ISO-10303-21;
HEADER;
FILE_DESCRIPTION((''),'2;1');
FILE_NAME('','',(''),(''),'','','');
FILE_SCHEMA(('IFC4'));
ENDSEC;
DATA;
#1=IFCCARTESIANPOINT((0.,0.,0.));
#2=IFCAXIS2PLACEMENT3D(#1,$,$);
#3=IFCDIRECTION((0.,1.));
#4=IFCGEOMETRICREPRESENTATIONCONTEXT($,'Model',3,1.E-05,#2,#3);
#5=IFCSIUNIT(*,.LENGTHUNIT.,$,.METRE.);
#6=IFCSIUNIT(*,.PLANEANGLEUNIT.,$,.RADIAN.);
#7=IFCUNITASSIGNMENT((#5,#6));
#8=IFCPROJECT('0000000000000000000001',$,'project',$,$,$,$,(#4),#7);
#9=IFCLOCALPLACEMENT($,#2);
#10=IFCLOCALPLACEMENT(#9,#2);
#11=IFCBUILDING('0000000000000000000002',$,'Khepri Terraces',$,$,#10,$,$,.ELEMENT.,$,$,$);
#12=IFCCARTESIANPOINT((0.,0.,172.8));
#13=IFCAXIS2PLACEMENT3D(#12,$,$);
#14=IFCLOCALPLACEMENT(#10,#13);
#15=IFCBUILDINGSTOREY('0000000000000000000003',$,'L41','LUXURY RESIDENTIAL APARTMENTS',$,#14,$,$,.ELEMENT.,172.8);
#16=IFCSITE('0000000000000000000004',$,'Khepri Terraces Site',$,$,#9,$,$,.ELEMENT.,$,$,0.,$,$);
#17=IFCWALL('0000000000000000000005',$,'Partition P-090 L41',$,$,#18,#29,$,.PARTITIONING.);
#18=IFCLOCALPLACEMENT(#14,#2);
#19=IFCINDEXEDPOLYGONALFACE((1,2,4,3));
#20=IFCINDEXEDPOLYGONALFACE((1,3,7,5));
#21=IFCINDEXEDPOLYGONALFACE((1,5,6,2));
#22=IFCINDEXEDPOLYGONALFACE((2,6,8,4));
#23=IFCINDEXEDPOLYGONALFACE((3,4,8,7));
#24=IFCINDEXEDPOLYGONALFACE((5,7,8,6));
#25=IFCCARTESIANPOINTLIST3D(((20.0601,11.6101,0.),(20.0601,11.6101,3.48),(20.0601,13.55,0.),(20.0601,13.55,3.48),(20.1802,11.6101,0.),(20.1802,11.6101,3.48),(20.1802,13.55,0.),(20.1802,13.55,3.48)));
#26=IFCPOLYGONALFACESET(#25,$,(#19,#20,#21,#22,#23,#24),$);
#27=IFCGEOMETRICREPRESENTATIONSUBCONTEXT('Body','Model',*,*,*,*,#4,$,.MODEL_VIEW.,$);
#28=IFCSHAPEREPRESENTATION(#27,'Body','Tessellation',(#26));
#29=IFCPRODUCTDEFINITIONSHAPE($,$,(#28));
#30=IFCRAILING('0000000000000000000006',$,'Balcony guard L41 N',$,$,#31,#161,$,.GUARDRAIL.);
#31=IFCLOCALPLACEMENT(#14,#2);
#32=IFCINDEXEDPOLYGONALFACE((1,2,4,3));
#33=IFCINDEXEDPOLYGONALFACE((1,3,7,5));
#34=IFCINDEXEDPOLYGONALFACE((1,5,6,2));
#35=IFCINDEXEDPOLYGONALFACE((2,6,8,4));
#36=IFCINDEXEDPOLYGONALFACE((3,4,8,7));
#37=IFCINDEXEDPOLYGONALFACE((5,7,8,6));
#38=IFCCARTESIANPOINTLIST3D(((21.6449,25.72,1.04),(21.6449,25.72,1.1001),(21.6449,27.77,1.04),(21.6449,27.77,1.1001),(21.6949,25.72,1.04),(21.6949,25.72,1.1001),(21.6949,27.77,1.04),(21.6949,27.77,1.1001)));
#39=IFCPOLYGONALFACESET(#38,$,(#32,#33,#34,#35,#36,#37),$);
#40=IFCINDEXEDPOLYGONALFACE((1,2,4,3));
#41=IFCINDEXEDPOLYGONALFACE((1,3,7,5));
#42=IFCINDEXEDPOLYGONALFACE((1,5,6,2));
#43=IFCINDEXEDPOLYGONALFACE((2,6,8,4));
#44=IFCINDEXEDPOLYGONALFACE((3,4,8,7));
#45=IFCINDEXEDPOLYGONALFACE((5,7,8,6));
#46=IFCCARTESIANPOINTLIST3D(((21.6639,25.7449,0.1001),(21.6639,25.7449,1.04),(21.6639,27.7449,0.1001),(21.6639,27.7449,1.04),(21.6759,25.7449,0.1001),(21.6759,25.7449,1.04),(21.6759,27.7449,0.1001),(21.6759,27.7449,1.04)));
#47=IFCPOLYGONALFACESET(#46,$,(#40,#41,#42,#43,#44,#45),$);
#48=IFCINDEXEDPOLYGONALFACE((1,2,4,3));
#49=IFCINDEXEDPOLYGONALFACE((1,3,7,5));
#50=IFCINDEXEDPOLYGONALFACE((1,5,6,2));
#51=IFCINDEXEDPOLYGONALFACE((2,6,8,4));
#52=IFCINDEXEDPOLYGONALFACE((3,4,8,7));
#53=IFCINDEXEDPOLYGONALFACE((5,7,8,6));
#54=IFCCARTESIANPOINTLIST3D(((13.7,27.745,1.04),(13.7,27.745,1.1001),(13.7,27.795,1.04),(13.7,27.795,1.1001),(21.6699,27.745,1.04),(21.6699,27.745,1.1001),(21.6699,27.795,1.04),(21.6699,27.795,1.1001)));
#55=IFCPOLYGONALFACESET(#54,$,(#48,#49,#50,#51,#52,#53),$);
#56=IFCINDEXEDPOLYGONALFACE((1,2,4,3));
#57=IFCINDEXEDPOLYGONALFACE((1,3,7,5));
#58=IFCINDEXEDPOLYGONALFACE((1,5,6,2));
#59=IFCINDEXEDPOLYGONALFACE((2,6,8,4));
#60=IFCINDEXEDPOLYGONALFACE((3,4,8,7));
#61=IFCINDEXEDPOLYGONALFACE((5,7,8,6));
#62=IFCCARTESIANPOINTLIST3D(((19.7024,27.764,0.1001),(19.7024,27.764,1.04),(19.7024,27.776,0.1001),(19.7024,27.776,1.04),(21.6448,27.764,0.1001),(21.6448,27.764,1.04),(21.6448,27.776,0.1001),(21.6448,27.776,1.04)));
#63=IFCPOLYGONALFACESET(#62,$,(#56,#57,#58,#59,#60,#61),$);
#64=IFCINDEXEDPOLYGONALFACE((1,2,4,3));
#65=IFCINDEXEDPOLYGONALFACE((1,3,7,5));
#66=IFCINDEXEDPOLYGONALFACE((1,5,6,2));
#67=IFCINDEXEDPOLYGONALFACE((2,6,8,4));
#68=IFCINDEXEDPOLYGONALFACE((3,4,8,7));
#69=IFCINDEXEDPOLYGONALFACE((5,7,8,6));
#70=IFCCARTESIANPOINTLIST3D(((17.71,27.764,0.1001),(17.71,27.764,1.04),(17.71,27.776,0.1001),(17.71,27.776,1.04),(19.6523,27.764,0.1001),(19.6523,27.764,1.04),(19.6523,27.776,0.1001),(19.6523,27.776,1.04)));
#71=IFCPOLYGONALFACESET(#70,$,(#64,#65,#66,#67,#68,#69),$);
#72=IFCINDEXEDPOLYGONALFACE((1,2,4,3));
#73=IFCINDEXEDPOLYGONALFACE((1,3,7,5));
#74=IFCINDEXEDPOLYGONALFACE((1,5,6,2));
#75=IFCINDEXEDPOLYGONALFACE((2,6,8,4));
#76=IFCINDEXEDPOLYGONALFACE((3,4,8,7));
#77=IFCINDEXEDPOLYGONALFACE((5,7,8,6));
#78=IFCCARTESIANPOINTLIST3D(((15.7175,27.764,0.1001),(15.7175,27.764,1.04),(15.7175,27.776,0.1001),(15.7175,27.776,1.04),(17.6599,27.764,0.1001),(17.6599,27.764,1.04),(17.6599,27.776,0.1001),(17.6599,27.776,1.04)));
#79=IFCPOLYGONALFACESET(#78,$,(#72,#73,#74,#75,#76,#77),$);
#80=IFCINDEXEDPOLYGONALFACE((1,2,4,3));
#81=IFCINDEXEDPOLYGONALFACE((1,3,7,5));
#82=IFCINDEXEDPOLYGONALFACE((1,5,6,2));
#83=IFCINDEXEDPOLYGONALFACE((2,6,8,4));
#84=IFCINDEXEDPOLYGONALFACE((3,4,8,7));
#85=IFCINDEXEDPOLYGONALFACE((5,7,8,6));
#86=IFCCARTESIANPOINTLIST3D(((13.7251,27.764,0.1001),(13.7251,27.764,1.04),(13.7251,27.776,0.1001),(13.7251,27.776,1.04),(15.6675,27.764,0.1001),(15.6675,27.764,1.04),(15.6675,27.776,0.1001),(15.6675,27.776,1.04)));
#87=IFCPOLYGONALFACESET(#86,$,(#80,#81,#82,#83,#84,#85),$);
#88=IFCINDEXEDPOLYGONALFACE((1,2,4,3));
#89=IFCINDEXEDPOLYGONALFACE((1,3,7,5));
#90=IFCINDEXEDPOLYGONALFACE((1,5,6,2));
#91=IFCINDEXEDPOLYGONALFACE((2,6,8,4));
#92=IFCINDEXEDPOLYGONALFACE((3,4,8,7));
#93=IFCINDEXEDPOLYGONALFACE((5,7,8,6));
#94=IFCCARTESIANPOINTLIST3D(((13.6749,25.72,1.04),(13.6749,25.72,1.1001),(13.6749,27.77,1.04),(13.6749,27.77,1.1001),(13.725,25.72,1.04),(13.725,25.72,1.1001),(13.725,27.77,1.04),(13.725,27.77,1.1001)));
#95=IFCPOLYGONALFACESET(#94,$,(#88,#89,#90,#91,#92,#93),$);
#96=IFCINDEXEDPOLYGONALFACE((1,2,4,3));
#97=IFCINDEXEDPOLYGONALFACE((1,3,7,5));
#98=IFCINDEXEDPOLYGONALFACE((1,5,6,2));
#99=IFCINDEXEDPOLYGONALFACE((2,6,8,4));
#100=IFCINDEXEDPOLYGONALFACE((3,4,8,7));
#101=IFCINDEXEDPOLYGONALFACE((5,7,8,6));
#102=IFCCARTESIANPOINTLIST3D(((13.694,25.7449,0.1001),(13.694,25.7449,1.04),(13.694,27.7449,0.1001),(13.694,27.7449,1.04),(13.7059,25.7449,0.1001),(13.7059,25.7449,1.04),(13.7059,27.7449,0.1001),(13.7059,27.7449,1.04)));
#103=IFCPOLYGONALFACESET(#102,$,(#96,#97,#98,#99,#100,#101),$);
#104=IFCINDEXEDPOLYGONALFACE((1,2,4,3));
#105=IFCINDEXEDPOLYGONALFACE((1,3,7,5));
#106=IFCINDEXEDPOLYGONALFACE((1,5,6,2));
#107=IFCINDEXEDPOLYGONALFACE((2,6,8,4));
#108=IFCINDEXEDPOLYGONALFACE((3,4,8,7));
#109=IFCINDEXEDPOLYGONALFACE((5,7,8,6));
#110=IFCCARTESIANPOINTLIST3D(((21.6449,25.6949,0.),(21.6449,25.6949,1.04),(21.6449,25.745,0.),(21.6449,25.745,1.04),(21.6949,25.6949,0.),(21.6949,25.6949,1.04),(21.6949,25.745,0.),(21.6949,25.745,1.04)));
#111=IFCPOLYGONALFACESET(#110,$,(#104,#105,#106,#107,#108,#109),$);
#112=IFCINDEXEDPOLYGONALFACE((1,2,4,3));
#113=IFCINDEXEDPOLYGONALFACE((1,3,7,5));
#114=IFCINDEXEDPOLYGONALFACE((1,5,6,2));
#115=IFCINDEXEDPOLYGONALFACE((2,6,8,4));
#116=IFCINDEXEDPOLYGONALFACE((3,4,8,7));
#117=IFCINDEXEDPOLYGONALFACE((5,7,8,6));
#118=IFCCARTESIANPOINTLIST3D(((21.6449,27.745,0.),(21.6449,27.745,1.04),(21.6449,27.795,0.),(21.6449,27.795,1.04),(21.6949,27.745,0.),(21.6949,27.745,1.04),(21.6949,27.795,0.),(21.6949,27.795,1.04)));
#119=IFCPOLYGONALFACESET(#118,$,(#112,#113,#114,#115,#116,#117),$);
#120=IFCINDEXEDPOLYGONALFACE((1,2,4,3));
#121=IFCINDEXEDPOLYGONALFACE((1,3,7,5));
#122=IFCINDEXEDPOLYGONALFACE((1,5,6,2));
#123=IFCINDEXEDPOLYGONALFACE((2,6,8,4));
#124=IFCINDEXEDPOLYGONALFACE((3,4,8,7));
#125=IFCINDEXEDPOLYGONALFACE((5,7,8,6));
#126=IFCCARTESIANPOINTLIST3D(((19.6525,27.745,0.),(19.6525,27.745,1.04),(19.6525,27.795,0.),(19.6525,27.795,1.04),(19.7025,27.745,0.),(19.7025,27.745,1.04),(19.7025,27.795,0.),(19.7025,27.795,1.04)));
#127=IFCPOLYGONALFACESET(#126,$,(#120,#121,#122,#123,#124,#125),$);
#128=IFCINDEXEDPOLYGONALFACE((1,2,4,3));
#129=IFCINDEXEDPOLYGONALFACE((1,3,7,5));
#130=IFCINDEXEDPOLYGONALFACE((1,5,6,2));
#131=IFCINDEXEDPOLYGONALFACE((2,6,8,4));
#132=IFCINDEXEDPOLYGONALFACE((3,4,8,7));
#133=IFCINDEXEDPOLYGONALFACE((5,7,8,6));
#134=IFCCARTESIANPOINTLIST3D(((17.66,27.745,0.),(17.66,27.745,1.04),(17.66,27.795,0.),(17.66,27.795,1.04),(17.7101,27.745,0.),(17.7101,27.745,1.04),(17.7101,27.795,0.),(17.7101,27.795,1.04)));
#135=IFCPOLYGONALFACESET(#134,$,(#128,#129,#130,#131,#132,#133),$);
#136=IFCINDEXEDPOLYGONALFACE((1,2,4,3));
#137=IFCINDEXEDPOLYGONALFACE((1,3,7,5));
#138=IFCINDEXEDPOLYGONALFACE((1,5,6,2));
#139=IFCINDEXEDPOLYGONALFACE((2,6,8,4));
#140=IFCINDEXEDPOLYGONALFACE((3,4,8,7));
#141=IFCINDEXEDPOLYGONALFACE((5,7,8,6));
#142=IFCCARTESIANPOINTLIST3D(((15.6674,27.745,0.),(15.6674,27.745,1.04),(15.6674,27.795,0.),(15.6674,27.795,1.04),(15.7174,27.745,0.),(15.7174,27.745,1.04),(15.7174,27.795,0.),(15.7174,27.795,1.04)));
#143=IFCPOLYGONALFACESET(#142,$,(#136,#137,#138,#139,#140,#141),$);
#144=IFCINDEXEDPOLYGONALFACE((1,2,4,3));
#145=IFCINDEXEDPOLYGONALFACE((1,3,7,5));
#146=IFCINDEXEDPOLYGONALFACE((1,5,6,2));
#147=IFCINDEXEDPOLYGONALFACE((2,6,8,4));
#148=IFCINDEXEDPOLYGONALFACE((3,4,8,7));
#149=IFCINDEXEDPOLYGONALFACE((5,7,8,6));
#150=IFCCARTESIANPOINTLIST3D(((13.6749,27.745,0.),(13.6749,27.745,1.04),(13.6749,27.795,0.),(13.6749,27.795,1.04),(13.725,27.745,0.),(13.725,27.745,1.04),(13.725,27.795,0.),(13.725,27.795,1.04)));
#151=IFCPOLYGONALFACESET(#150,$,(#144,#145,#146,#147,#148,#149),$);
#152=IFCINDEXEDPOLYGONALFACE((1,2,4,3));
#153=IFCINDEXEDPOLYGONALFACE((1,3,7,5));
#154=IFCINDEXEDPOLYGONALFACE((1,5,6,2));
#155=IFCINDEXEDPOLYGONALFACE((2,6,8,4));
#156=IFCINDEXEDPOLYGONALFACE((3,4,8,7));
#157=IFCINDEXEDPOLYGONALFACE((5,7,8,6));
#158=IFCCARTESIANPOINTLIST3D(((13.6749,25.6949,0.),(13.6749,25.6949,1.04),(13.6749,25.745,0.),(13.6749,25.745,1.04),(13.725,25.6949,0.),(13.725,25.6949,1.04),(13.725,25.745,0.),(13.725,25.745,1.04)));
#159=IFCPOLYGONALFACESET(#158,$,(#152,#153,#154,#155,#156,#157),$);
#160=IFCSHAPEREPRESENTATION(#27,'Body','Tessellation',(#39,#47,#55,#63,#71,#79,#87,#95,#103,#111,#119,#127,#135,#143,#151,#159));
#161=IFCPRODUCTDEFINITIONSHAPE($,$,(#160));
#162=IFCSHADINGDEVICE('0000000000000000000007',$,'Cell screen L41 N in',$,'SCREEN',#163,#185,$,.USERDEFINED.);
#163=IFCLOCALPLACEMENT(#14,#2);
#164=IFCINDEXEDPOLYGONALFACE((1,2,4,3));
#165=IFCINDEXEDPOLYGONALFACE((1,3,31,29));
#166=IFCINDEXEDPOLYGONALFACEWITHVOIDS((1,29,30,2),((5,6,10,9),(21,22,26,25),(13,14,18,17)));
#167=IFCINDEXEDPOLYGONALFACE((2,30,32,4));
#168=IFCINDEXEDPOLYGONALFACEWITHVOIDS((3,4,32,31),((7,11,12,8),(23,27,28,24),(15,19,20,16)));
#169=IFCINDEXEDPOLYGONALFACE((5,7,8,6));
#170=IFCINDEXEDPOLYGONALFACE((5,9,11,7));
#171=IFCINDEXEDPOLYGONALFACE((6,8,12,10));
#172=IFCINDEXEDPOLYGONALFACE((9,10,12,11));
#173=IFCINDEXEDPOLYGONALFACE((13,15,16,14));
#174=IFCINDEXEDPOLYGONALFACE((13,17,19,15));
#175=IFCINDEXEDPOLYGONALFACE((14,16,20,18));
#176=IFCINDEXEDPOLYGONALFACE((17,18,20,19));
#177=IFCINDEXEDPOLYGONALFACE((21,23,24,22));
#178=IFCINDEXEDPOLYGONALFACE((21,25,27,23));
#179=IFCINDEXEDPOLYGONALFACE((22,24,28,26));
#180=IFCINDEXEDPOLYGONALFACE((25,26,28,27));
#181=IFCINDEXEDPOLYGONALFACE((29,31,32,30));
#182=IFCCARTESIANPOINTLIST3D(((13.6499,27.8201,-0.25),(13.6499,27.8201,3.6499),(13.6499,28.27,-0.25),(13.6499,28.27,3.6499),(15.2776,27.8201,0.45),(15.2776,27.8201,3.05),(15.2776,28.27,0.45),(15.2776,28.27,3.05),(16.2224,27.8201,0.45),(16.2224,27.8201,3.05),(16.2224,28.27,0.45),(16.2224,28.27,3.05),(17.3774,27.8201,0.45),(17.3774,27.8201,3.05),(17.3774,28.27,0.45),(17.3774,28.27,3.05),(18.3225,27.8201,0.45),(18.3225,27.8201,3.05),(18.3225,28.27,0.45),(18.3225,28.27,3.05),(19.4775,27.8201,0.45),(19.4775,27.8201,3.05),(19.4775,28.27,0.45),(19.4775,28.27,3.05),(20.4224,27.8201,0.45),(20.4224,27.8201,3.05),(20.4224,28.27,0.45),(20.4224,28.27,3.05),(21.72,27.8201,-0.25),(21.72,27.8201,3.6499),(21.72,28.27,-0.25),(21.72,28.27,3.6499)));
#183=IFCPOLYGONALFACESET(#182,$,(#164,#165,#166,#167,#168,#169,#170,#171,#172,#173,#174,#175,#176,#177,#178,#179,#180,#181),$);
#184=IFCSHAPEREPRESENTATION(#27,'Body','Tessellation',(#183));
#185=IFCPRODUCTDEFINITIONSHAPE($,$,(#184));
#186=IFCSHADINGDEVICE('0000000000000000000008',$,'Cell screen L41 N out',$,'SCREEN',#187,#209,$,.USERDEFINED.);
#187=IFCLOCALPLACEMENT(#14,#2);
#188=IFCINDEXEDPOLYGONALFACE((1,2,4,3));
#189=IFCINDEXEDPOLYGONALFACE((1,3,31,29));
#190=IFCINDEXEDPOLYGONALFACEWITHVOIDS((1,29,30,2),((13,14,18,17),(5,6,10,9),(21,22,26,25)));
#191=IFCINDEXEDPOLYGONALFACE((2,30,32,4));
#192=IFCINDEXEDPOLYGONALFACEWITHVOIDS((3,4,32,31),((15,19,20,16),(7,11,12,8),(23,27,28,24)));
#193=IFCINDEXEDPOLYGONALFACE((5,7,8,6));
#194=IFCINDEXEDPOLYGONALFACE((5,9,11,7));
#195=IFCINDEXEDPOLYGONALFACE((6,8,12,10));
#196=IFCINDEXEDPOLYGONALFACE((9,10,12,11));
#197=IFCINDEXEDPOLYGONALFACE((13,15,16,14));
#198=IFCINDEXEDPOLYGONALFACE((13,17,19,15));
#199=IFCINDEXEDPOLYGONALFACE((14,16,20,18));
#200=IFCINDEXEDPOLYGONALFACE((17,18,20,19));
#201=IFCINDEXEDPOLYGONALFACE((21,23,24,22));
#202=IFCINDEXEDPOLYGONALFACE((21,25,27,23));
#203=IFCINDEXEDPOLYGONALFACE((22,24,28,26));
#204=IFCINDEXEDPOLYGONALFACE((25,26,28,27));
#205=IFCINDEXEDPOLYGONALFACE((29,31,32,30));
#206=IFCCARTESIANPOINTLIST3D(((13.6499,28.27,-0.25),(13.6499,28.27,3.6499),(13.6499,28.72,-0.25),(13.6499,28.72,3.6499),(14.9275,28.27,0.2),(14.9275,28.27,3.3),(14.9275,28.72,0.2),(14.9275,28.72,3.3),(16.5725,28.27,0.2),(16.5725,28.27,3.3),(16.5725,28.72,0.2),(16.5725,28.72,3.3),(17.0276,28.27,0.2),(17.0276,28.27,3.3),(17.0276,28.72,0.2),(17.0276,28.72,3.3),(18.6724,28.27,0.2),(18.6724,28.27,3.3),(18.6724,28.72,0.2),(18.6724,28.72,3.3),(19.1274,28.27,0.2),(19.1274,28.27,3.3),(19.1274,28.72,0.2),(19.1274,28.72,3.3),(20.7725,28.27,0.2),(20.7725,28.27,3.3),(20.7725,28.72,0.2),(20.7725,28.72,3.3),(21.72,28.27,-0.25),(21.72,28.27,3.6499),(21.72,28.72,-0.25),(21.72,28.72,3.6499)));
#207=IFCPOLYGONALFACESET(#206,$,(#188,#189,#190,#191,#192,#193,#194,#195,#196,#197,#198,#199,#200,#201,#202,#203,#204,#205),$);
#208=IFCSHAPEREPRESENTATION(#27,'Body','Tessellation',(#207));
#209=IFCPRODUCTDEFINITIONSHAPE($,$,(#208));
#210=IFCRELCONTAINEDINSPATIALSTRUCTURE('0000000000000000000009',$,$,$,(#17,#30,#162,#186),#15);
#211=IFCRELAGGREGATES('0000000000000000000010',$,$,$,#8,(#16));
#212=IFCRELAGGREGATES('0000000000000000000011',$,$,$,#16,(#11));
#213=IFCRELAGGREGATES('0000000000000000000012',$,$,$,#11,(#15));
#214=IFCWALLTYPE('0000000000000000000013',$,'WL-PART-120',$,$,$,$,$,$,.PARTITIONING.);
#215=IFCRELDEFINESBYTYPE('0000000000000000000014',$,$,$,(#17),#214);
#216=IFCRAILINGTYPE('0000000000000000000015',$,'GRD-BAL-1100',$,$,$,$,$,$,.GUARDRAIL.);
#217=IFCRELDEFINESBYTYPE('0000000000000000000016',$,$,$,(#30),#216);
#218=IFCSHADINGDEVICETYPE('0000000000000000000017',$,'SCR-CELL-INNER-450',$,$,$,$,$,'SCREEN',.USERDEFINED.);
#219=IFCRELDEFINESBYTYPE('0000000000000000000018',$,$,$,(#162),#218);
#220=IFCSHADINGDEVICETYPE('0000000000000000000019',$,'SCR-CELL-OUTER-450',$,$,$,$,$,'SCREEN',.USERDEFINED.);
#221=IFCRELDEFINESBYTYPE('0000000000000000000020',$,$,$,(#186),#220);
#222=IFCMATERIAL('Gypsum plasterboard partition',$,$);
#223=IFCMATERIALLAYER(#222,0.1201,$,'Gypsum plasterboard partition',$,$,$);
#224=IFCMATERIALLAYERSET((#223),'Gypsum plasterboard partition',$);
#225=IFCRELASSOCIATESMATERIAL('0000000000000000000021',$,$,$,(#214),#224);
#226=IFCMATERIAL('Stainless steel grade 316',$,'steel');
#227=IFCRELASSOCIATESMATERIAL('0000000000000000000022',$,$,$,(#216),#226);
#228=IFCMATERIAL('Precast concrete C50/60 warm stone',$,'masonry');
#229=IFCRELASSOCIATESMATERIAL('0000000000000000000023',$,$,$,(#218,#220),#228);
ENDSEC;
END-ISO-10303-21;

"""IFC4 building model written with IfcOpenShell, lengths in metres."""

from ifc_helpers import new_model, si_unit, direction, frame, frame_2d, origin, origin_2d, place, context, subcontext, project, spatial, polyline, rectangle, outline, extrude, material, layer, layer_set, type_object, element, save


model = new_model("IFC4")

# Units and contexts
model_context = context("Model", 3, precision=1e-05, world=origin(), true_north=direction((0.0, 1.0)))
body_context = subcontext(model_context, "Body", "Model", "MODEL_VIEW")
ifc_project = project(units=[si_unit("LENGTHUNIT", "METRE"), si_unit("PLANEANGLEUNIT", "RADIAN")], contexts=[model_context])

# Site, building, storey
site_placement = place(None, origin())
site = spatial("IfcSite", under=ifc_project, at=site_placement, Name="Khepri Terraces Site", CompositionType="ELEMENT", RefElevation=0.0)
building_placement = place(site_placement, origin())
building = spatial("IfcBuilding", under=site, at=building_placement, Name="Khepri Terraces", CompositionType="ELEMENT")
storey_placement = place(building_placement, frame((0.0, 0.0, 172.8)))
storey = spatial("IfcBuildingStorey", under=building, at=storey_placement, Name="L41", Description="LUXURY RESIDENTIAL APARTMENTS", CompositionType="ELEMENT", Elevation=172.8)

# Shared definitions
ifc_material_1 = material(Name="Precast concrete C50/60 warm stone", Category="masonry")

# Shared definitions
ifc_material_2 = material(Name="Gypsum plasterboard partition")
ifc_layer_1 = layer(ifc_material_2, 0.1201, Name="Gypsum plasterboard partition")
ifc_layer_set_1 = layer_set([ifc_layer_1], Name="Gypsum plasterboard partition")
wall_type_1 = type_object("IfcWallType", Name="WL-PART-120", PredefinedType="PARTITIONING", material=ifc_layer_set_1)

# Wall
wall_1_placement = place(storey_placement, frame((20.1201, 11.6101, 0.0), z_axis=(0.0, 0.0, 1.0), x_axis=(0.0, 1.0, 0.0)))
element("IfcWall", 1, at=wall_1_placement, inside=storey, type_object=wall_type_1, Name="Partition P-090 L41", PredefinedType="PARTITIONING", context=body_context, shape_type="SweptSolid", body=[
    extrude(rectangle(XDim=1.9399, YDim=0.1201, at=frame_2d((0.97, 0.0))), origin(), (0.0, 0.0, 1.0), 3.48),
])

# Railing
ifc_material_3 = material(Name="Stainless steel grade 316", Category="steel")
railing_type = type_object("IfcRailingType", Name="GRD-BAL-1100", PredefinedType="GUARDRAIL", material=ifc_material_3)
railing_placement = place(storey_placement, frame((21.6699, 25.72, 0.0)))
element("IfcRailing", 2, at=railing_placement, inside=storey, type_object=railing_type, Name="Balcony guard L41 N", PredefinedType="GUARDRAIL", context=body_context, shape_type="SweptSolid", body=[
    extrude(rectangle(XDim=0.05, YDim=0.0601, at=origin_2d()), frame((0.0, 0.0, 1.0701), z_axis=(0.0, 1.0, 0.0), x_axis=(-1.0, 0.0, 0.0)), (0.0, 0.0, 1.0), 2.05),
    extrude(rectangle(XDim=2.0, YDim=0.012, at=origin_2d()), frame((0.0, 1.0249, 0.1001), z_axis=(0.0, 0.0, 1.0), x_axis=(0.0, 1.0, 0.0)), (0.0, 0.0, 1.0), 0.9399),
    extrude(rectangle(XDim=0.05, YDim=0.0601, at=origin_2d()), frame((0.0, 2.05, 1.0701), z_axis=(-1.0, 0.0, 0.0), x_axis=(0.0, -1.0, 0.0)), (0.0, 0.0, 1.0), 7.97),
    extrude(rectangle(XDim=1.9424, YDim=0.012, at=origin_2d()), frame((-0.9963, 2.05, 0.1001), z_axis=(0.0, 0.0, 1.0), x_axis=(-1.0, 0.0, 0.0)), (0.0, 0.0, 1.0), 0.9399),
    extrude(rectangle(XDim=1.9424, YDim=0.012, at=origin_2d()), frame((-2.9888, 2.05, 0.1001), z_axis=(0.0, 0.0, 1.0), x_axis=(-1.0, 0.0, 0.0)), (0.0, 0.0, 1.0), 0.9399),
    extrude(rectangle(XDim=1.9424, YDim=0.012, at=origin_2d()), frame((-4.9812, 2.05, 0.1001), z_axis=(0.0, 0.0, 1.0), x_axis=(-1.0, 0.0, 0.0)), (0.0, 0.0, 1.0), 0.9399),
    extrude(rectangle(XDim=1.9424, YDim=0.012, at=origin_2d()), frame((-6.9736, 2.05, 0.1001), z_axis=(0.0, 0.0, 1.0), x_axis=(-1.0, 0.0, 0.0)), (0.0, 0.0, 1.0), 0.9399),
    extrude(rectangle(XDim=0.05, YDim=0.0601, at=origin_2d()), frame((-7.97, 2.05, 1.0701), z_axis=(0.0, -1.0, 0.0), x_axis=(1.0, 0.0, 0.0)), (0.0, 0.0, 1.0), 2.05),
    extrude(rectangle(XDim=2.0, YDim=0.012, at=origin_2d()), frame((-7.97, 1.0249, 0.1001), z_axis=(0.0, 0.0, 1.0), x_axis=(0.0, -1.0, 0.0)), (0.0, 0.0, 1.0), 0.9399),
    extrude(rectangle(XDim=0.05, YDim=0.05, at=origin_2d()), origin(), (0.0, 0.0, 1.0), 1.04),
    extrude(rectangle(XDim=0.05, YDim=0.05, at=origin_2d()), frame((0.0, 2.05, 0.0)), (0.0, 0.0, 1.0), 1.04),
    extrude(rectangle(XDim=0.05, YDim=0.05, at=origin_2d()), frame((-1.9924, 2.05, 0.0)), (0.0, 0.0, 1.0), 1.04),
    extrude(rectangle(XDim=0.05, YDim=0.05, at=origin_2d()), frame((-3.9849, 2.05, 0.0)), (0.0, 0.0, 1.0), 1.04),
    extrude(rectangle(XDim=0.05, YDim=0.05, at=origin_2d()), frame((-5.9775, 2.05, 0.0)), (0.0, 0.0, 1.0), 1.04),
    extrude(rectangle(XDim=0.05, YDim=0.05, at=origin_2d()), frame((-7.97, 2.05, 0.0)), (0.0, 0.0, 1.0), 1.04),
    extrude(rectangle(XDim=0.05, YDim=0.05, at=origin_2d()), frame((-7.97, 0.0, 0.0)), (0.0, 0.0, 1.0), 1.04),
])

# Shading devices
shading_device_type_1 = type_object("IfcShadingDeviceType", Name="SCR-CELL-INNER-450", ElementType="SCREEN", PredefinedType="USERDEFINED", material=ifc_material_1)
shading_device_1_placement = place(storey_placement, frame((21.72, 27.8201, -0.25), z_axis=(0.0, 1.0, 0.0), x_axis=(-1.0, 0.0, 0.0)))
element("IfcShadingDevice", 3, at=shading_device_1_placement, inside=storey, type_object=shading_device_type_1, Name="Cell screen L41 N in", ObjectType="SCREEN", PredefinedType="USERDEFINED", context=body_context, shape_type="SweptSolid", body=[
    extrude(outline(polyline([(0.0, 0.0), (8.0701, 0.0), (8.0701, 3.8999), (0.0, 3.8999), (0.0, 0.0)]), holes=[polyline([(1.2976, 0.7), (2.2424, 0.7), (2.2424, 3.3), (1.2976, 3.3), (1.2976, 0.7)]), polyline([(3.3975, 0.7), (4.3425, 0.7), (4.3425, 3.3), (3.3975, 3.3), (3.3975, 0.7)]), polyline([(5.4976, 0.7), (6.4424, 0.7), (6.4424, 3.3), (5.4976, 3.3), (5.4976, 0.7)])]), origin(), (0.0, 0.0, 1.0), 0.45),
])
shading_device_type_2 = type_object("IfcShadingDeviceType", Name="SCR-CELL-OUTER-450", ElementType="SCREEN", PredefinedType="USERDEFINED", material=ifc_material_1)
shading_device_2_placement = place(storey_placement, frame((21.72, 28.27, -0.25), z_axis=(0.0, 1.0, 0.0), x_axis=(-1.0, 0.0, 0.0)))
element("IfcShadingDevice", 4, at=shading_device_2_placement, inside=storey, type_object=shading_device_type_2, Name="Cell screen L41 N out", ObjectType="SCREEN", PredefinedType="USERDEFINED", context=body_context, shape_type="SweptSolid", body=[
    extrude(outline(polyline([(0.0, 0.0), (8.0701, 0.0), (8.0701, 3.8999), (0.0, 3.8999), (0.0, 0.0)]), holes=[polyline([(0.9475, 0.45), (2.5925, 0.45), (2.5925, 3.55), (0.9475, 3.55), (0.9475, 0.45)]), polyline([(3.0476, 0.45), (4.6924, 0.45), (4.6924, 3.55), (3.0476, 3.55), (3.0476, 0.45)]), polyline([(5.1475, 0.45), (6.7925, 0.45), (6.7925, 3.55), (5.1475, 3.55), (5.1475, 0.45)])]), origin(), (0.0, 0.0, 1.0), 0.45),
])

save(model, "model.ifc")
